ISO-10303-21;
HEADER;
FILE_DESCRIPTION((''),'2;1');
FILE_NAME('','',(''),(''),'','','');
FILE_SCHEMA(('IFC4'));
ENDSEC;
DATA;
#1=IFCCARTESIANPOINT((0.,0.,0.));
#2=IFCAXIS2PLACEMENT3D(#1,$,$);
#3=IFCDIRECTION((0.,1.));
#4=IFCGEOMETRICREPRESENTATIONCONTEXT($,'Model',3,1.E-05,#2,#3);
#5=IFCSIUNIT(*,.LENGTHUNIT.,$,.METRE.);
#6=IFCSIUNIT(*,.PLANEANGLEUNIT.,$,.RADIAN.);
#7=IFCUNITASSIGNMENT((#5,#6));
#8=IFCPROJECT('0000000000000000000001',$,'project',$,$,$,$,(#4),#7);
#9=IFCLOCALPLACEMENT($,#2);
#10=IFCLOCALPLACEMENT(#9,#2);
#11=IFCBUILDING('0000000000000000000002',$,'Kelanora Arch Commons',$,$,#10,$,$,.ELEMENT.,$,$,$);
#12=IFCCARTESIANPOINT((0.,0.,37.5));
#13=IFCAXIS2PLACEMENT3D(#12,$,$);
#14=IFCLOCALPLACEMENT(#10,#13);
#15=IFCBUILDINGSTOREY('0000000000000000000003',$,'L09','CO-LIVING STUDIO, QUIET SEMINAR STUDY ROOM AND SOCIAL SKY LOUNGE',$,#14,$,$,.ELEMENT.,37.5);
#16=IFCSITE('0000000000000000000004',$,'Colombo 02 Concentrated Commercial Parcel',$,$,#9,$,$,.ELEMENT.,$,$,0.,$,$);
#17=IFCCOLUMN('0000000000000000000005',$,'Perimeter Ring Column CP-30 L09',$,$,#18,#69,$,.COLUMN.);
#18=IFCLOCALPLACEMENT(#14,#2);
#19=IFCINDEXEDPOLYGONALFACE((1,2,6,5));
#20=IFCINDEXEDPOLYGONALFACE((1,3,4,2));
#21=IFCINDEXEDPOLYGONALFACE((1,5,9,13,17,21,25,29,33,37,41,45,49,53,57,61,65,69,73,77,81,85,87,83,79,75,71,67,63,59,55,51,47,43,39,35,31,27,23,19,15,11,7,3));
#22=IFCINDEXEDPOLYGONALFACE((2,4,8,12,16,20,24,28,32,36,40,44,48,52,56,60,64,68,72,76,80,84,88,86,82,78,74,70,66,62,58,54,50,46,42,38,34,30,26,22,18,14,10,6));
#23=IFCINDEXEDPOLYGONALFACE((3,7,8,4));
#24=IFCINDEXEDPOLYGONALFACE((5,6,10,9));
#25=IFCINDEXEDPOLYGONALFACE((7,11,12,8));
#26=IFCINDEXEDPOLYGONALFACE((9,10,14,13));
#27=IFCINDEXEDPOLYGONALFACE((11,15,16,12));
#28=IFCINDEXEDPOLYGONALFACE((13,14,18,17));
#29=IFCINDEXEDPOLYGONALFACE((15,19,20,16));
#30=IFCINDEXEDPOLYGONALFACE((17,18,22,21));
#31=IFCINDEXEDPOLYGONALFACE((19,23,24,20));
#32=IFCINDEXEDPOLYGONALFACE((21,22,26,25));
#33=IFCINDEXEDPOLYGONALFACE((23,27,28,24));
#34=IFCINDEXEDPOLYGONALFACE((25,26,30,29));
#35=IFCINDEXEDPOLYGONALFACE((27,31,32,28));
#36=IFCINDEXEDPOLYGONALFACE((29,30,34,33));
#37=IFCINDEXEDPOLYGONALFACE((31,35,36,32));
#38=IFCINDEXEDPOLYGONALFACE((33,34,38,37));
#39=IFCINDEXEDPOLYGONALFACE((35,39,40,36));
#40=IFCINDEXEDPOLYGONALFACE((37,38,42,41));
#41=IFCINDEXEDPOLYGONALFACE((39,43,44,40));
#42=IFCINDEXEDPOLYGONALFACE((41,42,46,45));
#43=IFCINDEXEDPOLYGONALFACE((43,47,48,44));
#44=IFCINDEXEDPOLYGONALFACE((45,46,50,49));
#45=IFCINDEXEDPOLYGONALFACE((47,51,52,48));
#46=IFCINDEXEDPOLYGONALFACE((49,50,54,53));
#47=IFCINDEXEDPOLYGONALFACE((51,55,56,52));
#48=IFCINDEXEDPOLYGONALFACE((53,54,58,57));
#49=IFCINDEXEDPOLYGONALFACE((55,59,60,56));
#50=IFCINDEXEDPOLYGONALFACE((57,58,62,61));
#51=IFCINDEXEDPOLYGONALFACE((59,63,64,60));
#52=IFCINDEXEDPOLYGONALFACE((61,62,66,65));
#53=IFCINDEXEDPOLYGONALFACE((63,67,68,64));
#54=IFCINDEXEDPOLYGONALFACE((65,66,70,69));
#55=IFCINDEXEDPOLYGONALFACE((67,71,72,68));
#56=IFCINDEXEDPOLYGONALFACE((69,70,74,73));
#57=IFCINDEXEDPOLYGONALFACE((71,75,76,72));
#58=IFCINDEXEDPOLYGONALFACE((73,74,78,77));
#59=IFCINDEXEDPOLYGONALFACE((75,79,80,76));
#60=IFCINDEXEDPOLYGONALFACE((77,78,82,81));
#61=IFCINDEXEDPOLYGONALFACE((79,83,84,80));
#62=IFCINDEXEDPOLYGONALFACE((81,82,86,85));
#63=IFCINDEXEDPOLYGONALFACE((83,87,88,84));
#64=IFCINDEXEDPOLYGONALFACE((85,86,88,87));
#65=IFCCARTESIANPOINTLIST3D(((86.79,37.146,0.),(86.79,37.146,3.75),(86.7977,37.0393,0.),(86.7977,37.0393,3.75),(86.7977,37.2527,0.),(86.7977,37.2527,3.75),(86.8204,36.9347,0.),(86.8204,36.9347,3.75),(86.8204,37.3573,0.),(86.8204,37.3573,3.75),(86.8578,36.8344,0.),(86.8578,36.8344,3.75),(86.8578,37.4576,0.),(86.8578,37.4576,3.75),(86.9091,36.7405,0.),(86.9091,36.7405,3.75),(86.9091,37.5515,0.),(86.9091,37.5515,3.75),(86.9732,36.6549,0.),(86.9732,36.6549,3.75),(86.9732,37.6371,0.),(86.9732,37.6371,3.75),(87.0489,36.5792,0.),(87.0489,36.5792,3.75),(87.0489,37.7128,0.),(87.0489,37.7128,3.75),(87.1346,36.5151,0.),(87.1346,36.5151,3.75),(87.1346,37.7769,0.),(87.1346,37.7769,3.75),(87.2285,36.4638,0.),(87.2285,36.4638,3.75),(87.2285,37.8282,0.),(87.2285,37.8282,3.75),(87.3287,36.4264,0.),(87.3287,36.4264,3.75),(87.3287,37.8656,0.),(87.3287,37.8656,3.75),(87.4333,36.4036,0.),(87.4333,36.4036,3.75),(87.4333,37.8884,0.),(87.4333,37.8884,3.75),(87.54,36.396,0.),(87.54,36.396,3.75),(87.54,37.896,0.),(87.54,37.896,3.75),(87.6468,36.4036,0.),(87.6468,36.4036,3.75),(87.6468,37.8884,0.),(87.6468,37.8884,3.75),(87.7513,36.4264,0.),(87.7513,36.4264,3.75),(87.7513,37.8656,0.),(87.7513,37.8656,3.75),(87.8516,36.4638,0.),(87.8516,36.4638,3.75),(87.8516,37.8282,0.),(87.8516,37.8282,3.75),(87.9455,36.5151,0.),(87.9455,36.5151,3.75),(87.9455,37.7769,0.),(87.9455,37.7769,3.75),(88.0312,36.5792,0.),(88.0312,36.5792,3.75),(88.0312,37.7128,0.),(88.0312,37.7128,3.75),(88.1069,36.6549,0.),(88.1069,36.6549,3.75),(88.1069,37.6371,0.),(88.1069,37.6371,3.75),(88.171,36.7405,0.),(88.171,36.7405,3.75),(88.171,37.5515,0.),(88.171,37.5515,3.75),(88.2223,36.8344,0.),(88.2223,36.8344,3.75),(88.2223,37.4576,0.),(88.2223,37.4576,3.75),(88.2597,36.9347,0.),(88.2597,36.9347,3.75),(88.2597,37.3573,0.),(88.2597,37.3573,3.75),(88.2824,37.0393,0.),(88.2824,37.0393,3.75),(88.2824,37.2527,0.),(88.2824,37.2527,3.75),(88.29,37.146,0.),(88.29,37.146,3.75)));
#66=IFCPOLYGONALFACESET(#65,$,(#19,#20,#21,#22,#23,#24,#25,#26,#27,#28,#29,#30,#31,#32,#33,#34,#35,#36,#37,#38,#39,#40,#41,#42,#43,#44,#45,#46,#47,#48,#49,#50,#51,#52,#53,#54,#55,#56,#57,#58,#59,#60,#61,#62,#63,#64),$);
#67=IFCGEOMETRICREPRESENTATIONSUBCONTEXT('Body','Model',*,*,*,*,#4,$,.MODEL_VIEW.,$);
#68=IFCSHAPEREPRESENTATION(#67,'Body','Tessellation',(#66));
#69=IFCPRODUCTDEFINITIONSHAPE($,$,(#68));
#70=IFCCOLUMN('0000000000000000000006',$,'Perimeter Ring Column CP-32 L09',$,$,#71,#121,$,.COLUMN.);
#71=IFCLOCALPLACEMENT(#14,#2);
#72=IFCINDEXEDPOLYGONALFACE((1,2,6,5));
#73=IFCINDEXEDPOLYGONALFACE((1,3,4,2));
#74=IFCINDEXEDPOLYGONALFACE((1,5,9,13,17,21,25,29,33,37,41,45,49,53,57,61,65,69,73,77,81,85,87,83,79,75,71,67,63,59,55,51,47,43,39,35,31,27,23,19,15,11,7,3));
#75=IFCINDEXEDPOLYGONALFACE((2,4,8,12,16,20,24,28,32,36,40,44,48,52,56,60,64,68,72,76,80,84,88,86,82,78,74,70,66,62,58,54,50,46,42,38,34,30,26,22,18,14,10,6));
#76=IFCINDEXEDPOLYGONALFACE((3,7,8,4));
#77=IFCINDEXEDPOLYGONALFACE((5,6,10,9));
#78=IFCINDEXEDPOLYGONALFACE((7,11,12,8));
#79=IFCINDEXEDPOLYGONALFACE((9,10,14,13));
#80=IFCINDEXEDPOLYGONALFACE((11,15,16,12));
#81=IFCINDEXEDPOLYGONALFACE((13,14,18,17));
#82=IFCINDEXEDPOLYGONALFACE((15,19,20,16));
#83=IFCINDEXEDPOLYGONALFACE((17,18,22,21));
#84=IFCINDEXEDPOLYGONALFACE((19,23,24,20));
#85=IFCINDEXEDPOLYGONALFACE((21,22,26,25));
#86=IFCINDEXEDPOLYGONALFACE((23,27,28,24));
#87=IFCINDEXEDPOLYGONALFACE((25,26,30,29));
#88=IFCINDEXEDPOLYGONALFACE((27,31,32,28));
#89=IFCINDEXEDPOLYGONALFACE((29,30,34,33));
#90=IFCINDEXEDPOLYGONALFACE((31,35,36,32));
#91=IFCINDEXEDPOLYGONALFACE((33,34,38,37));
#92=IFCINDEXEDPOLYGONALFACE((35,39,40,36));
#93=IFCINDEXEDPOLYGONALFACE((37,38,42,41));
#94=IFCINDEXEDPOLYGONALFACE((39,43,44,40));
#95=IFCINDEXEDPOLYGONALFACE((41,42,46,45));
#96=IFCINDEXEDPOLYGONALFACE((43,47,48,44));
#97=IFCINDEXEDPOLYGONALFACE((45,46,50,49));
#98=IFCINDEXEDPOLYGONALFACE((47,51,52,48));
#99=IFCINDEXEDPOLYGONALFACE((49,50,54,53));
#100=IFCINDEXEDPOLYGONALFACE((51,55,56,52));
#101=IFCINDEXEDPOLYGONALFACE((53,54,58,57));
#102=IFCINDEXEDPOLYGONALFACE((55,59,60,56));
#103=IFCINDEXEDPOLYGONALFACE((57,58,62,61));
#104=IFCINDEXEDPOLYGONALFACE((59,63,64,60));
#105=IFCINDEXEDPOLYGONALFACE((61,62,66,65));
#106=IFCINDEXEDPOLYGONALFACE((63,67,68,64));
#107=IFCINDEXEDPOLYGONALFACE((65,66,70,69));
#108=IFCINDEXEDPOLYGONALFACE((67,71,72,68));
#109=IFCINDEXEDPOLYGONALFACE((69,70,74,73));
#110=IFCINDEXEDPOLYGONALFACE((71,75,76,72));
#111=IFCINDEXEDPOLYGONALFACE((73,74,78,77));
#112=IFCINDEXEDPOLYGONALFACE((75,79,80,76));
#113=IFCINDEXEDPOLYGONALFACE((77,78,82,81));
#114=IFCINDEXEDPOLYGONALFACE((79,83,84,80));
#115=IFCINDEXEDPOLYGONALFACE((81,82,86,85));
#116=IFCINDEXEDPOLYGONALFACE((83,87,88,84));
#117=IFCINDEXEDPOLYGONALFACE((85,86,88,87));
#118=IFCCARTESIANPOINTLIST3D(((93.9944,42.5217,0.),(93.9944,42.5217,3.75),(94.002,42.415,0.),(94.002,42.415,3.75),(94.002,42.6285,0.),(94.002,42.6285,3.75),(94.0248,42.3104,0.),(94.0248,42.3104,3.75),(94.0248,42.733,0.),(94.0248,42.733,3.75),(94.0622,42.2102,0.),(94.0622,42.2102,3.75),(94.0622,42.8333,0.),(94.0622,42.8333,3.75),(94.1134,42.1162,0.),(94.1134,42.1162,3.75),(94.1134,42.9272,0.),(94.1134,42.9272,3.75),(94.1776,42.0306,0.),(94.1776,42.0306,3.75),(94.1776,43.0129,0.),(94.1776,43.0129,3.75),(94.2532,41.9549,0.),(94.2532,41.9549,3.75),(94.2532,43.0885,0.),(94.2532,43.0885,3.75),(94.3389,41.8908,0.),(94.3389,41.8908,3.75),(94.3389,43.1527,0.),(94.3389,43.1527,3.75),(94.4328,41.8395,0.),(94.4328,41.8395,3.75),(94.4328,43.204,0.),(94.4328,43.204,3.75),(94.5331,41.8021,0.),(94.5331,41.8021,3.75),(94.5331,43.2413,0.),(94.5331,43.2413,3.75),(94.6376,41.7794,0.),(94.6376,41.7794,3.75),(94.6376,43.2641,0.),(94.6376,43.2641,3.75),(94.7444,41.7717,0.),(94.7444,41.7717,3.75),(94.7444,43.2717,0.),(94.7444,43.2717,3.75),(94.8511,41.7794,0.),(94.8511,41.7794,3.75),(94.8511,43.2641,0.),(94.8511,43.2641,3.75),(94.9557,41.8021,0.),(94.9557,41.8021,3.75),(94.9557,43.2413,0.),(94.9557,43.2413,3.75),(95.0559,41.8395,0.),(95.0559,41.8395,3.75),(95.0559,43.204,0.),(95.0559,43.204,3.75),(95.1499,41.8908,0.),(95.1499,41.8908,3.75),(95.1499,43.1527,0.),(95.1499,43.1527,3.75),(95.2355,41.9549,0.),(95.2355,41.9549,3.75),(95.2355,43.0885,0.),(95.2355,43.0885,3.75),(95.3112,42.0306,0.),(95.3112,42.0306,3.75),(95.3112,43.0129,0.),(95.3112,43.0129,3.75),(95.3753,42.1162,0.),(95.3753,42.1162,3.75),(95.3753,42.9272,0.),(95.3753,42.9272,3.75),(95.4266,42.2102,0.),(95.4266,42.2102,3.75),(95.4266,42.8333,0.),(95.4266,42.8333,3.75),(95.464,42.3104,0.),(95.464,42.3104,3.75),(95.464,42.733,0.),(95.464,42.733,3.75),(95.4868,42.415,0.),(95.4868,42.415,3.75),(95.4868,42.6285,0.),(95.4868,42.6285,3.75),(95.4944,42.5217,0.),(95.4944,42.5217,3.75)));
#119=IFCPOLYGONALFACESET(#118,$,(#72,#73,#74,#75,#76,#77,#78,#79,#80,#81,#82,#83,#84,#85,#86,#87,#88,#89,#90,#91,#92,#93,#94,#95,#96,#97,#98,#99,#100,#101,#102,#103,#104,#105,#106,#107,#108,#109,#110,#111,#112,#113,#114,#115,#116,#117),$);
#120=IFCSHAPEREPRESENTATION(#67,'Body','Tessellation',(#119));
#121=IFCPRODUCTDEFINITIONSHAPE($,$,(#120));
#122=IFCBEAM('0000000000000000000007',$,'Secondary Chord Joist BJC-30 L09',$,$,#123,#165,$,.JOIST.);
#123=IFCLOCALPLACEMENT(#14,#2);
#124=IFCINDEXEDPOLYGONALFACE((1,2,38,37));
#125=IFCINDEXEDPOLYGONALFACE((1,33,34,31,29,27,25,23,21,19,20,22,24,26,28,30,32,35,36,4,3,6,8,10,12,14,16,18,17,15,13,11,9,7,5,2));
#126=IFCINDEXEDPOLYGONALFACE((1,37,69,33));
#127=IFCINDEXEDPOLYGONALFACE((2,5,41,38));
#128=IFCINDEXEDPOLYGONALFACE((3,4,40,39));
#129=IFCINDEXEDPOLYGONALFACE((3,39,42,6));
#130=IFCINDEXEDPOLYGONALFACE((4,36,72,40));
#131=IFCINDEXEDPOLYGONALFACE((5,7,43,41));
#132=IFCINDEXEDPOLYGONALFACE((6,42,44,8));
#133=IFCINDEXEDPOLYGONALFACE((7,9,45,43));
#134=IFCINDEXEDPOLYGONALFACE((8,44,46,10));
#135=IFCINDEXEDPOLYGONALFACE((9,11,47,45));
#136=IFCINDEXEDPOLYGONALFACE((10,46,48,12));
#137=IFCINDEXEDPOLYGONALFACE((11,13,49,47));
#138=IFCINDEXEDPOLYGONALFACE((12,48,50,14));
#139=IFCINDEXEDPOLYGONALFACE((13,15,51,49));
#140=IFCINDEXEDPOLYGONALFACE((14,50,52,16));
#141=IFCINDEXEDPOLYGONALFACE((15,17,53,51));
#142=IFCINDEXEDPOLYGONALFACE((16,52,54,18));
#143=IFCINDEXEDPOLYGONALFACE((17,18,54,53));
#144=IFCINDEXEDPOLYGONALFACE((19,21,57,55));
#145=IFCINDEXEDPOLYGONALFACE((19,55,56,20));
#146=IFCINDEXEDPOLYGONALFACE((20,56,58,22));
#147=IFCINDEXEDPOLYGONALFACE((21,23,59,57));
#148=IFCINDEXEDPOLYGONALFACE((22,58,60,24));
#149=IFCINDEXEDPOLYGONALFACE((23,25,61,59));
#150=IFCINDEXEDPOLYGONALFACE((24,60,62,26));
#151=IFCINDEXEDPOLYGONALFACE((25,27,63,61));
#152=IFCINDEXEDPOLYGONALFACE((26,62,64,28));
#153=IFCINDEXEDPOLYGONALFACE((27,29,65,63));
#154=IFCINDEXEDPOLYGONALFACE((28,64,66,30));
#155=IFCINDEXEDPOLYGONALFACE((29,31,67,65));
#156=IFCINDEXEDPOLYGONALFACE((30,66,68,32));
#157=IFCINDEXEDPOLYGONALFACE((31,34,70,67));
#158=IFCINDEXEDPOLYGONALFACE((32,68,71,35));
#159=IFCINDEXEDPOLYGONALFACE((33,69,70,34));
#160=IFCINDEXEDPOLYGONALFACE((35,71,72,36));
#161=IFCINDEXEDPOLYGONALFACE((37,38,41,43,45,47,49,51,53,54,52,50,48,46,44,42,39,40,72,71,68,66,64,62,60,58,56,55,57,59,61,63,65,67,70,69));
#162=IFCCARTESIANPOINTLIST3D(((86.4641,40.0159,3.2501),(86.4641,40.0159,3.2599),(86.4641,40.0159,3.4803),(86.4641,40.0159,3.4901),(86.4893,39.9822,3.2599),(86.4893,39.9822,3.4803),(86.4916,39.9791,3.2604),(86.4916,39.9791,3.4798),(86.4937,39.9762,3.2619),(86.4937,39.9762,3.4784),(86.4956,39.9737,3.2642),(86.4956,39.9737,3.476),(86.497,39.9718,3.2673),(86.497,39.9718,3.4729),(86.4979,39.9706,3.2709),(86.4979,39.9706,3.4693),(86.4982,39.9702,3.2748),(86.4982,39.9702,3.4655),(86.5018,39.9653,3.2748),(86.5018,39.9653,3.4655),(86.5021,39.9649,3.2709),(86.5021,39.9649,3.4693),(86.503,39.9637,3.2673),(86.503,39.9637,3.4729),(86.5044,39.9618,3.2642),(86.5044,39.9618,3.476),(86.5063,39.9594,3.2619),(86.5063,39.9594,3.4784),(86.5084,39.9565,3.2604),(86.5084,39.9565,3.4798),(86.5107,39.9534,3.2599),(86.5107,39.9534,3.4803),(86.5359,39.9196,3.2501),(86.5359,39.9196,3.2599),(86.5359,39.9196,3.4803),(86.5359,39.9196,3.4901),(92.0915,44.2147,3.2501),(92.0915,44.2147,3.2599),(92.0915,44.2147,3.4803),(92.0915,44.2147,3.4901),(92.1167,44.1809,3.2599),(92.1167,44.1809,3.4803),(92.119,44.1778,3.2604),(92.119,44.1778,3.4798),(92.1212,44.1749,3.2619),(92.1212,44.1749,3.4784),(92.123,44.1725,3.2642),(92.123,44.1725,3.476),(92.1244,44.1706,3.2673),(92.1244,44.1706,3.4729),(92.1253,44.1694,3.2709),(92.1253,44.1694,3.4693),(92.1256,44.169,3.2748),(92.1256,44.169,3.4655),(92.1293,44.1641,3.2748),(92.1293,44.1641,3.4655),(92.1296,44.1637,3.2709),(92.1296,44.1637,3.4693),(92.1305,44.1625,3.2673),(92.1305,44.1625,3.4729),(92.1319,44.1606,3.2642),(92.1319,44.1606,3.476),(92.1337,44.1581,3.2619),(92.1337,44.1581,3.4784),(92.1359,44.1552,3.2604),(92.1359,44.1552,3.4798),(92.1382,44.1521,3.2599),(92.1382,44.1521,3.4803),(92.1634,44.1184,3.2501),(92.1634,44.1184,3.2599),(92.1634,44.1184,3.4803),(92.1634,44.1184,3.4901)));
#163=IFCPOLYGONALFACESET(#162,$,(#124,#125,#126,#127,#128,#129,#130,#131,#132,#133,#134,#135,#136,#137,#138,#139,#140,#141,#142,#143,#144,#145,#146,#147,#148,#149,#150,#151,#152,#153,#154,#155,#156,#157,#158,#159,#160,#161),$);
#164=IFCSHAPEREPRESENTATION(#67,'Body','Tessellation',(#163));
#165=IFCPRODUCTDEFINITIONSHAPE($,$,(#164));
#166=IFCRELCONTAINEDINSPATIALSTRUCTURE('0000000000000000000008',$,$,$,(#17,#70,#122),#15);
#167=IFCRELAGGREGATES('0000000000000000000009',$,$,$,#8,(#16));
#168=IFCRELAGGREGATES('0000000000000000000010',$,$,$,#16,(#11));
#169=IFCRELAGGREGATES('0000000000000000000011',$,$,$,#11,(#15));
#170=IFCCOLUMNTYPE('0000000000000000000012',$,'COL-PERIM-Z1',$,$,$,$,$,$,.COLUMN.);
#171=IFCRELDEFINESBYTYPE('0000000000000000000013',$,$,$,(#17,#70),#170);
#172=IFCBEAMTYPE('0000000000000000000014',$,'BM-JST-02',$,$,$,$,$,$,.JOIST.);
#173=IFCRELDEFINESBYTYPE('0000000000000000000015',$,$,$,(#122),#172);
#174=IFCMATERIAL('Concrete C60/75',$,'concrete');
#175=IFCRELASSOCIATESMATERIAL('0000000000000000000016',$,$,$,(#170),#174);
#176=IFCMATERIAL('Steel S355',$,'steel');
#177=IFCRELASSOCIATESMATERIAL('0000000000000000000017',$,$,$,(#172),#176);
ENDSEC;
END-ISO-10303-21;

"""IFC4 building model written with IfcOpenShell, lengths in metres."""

from ifc_helpers import new_model, si_unit, direction, frame, origin, origin_2d, place, context, subcontext, project, spatial, circle, i_section, extrude, material, material_profile, profile_set, type_object, element, save


model = new_model("IFC4")

# Units and contexts
model_context = context("Model", 3, precision=1e-05, world=origin(), true_north=direction((0.0, 1.0)))
body_context = subcontext(model_context, "Body", "Model", "MODEL_VIEW")
ifc_project = project(units=[si_unit("LENGTHUNIT", "METRE"), si_unit("PLANEANGLEUNIT", "RADIAN")], contexts=[model_context])

# Site, building, storey
site_placement = place(None, origin())
site = spatial("IfcSite", under=ifc_project, at=site_placement, Name="Colombo 02 Concentrated Commercial Parcel", CompositionType="ELEMENT", RefElevation=0.0)
building_placement = place(site_placement, origin())
building = spatial("IfcBuilding", under=site, at=building_placement, Name="Kelanora Arch Commons", CompositionType="ELEMENT")
storey_placement = place(building_placement, frame((0.0, 0.0, 37.5)))
storey = spatial("IfcBuildingStorey", under=building, at=storey_placement, Name="L09", Description="CO-LIVING STUDIO, QUIET SEMINAR STUDY ROOM AND SOCIAL SKY LOUNGE", CompositionType="ELEMENT", Elevation=37.5)

# Columns
ifc_material_1 = material(Name="Concrete C60/75", Category="concrete")
ifc_material_profile_1 = material_profile(ifc_material_1, circle(Radius=0.75, at=origin_2d()), Name="RCC1500")
ifc_profile_set_1 = profile_set([ifc_material_profile_1], Name="Concrete C60/75")
column_type = type_object("IfcColumnType", Name="COL-PERIM-Z1", PredefinedType="COLUMN", material=ifc_profile_set_1)
for number, where, z_axis, x_axis, name in (
    (1, (87.54, 37.146, 0.0), (0.0, 0.0, 1.0), (1.0, 0.0, 0.0), "Perimeter Ring Column CP-30 L09"),
    (2, (94.7444, 42.5217, 0.0), (0.0, 0.0, 1.0), (1.0, 0.0, 0.0), "Perimeter Ring Column CP-32 L09"),
):
    element("IfcColumn", number, at=place(storey_placement, frame(where, z_axis=z_axis, x_axis=x_axis)), inside=storey, type_object=column_type, Name=name, PredefinedType="COLUMN", context=body_context, shape_type="SweptSolid", body=[
        extrude(circle(Radius=0.75, at=origin_2d()), origin(), (0.0, 0.0, 1.0), 3.75),
    ])

# Beam
ifc_material_2 = material(Name="Steel S355", Category="steel")
ifc_material_profile_2 = material_profile(ifc_material_2, i_section(OverallWidth=0.1201, OverallDepth=0.24, WebThickness=0.0061, FlangeThickness=0.0098, FilletRadius=0.0149, at=origin_2d()), Name="IPE240")
ifc_profile_set_2 = profile_set([ifc_material_profile_2], Name="Steel S355")
beam_type_1 = type_object("IfcBeamType", Name="BM-JST-02", PredefinedType="JOIST", material=ifc_profile_set_2)
beam_1_placement = place(storey_placement, frame((86.5, 39.9678, 3.3701), z_axis=(0.801491, 0.598006, 0.0), x_axis=(-0.598006, 0.801491, 0.0)))
element("IfcBeam", 3, at=beam_1_placement, inside=storey, type_object=beam_type_1, Name="Secondary Chord Joist BJC-30 L09", PredefinedType="JOIST", context=body_context, shape_type="SweptSolid", body=[
    extrude(i_section(OverallWidth=0.1201, OverallDepth=0.24, WebThickness=0.0061, FlangeThickness=0.0098, FilletRadius=0.0149, at=origin_2d()), origin(), (0.0, 0.0, 1.0), 7.0212),
])

save(model, "model.ifc")
